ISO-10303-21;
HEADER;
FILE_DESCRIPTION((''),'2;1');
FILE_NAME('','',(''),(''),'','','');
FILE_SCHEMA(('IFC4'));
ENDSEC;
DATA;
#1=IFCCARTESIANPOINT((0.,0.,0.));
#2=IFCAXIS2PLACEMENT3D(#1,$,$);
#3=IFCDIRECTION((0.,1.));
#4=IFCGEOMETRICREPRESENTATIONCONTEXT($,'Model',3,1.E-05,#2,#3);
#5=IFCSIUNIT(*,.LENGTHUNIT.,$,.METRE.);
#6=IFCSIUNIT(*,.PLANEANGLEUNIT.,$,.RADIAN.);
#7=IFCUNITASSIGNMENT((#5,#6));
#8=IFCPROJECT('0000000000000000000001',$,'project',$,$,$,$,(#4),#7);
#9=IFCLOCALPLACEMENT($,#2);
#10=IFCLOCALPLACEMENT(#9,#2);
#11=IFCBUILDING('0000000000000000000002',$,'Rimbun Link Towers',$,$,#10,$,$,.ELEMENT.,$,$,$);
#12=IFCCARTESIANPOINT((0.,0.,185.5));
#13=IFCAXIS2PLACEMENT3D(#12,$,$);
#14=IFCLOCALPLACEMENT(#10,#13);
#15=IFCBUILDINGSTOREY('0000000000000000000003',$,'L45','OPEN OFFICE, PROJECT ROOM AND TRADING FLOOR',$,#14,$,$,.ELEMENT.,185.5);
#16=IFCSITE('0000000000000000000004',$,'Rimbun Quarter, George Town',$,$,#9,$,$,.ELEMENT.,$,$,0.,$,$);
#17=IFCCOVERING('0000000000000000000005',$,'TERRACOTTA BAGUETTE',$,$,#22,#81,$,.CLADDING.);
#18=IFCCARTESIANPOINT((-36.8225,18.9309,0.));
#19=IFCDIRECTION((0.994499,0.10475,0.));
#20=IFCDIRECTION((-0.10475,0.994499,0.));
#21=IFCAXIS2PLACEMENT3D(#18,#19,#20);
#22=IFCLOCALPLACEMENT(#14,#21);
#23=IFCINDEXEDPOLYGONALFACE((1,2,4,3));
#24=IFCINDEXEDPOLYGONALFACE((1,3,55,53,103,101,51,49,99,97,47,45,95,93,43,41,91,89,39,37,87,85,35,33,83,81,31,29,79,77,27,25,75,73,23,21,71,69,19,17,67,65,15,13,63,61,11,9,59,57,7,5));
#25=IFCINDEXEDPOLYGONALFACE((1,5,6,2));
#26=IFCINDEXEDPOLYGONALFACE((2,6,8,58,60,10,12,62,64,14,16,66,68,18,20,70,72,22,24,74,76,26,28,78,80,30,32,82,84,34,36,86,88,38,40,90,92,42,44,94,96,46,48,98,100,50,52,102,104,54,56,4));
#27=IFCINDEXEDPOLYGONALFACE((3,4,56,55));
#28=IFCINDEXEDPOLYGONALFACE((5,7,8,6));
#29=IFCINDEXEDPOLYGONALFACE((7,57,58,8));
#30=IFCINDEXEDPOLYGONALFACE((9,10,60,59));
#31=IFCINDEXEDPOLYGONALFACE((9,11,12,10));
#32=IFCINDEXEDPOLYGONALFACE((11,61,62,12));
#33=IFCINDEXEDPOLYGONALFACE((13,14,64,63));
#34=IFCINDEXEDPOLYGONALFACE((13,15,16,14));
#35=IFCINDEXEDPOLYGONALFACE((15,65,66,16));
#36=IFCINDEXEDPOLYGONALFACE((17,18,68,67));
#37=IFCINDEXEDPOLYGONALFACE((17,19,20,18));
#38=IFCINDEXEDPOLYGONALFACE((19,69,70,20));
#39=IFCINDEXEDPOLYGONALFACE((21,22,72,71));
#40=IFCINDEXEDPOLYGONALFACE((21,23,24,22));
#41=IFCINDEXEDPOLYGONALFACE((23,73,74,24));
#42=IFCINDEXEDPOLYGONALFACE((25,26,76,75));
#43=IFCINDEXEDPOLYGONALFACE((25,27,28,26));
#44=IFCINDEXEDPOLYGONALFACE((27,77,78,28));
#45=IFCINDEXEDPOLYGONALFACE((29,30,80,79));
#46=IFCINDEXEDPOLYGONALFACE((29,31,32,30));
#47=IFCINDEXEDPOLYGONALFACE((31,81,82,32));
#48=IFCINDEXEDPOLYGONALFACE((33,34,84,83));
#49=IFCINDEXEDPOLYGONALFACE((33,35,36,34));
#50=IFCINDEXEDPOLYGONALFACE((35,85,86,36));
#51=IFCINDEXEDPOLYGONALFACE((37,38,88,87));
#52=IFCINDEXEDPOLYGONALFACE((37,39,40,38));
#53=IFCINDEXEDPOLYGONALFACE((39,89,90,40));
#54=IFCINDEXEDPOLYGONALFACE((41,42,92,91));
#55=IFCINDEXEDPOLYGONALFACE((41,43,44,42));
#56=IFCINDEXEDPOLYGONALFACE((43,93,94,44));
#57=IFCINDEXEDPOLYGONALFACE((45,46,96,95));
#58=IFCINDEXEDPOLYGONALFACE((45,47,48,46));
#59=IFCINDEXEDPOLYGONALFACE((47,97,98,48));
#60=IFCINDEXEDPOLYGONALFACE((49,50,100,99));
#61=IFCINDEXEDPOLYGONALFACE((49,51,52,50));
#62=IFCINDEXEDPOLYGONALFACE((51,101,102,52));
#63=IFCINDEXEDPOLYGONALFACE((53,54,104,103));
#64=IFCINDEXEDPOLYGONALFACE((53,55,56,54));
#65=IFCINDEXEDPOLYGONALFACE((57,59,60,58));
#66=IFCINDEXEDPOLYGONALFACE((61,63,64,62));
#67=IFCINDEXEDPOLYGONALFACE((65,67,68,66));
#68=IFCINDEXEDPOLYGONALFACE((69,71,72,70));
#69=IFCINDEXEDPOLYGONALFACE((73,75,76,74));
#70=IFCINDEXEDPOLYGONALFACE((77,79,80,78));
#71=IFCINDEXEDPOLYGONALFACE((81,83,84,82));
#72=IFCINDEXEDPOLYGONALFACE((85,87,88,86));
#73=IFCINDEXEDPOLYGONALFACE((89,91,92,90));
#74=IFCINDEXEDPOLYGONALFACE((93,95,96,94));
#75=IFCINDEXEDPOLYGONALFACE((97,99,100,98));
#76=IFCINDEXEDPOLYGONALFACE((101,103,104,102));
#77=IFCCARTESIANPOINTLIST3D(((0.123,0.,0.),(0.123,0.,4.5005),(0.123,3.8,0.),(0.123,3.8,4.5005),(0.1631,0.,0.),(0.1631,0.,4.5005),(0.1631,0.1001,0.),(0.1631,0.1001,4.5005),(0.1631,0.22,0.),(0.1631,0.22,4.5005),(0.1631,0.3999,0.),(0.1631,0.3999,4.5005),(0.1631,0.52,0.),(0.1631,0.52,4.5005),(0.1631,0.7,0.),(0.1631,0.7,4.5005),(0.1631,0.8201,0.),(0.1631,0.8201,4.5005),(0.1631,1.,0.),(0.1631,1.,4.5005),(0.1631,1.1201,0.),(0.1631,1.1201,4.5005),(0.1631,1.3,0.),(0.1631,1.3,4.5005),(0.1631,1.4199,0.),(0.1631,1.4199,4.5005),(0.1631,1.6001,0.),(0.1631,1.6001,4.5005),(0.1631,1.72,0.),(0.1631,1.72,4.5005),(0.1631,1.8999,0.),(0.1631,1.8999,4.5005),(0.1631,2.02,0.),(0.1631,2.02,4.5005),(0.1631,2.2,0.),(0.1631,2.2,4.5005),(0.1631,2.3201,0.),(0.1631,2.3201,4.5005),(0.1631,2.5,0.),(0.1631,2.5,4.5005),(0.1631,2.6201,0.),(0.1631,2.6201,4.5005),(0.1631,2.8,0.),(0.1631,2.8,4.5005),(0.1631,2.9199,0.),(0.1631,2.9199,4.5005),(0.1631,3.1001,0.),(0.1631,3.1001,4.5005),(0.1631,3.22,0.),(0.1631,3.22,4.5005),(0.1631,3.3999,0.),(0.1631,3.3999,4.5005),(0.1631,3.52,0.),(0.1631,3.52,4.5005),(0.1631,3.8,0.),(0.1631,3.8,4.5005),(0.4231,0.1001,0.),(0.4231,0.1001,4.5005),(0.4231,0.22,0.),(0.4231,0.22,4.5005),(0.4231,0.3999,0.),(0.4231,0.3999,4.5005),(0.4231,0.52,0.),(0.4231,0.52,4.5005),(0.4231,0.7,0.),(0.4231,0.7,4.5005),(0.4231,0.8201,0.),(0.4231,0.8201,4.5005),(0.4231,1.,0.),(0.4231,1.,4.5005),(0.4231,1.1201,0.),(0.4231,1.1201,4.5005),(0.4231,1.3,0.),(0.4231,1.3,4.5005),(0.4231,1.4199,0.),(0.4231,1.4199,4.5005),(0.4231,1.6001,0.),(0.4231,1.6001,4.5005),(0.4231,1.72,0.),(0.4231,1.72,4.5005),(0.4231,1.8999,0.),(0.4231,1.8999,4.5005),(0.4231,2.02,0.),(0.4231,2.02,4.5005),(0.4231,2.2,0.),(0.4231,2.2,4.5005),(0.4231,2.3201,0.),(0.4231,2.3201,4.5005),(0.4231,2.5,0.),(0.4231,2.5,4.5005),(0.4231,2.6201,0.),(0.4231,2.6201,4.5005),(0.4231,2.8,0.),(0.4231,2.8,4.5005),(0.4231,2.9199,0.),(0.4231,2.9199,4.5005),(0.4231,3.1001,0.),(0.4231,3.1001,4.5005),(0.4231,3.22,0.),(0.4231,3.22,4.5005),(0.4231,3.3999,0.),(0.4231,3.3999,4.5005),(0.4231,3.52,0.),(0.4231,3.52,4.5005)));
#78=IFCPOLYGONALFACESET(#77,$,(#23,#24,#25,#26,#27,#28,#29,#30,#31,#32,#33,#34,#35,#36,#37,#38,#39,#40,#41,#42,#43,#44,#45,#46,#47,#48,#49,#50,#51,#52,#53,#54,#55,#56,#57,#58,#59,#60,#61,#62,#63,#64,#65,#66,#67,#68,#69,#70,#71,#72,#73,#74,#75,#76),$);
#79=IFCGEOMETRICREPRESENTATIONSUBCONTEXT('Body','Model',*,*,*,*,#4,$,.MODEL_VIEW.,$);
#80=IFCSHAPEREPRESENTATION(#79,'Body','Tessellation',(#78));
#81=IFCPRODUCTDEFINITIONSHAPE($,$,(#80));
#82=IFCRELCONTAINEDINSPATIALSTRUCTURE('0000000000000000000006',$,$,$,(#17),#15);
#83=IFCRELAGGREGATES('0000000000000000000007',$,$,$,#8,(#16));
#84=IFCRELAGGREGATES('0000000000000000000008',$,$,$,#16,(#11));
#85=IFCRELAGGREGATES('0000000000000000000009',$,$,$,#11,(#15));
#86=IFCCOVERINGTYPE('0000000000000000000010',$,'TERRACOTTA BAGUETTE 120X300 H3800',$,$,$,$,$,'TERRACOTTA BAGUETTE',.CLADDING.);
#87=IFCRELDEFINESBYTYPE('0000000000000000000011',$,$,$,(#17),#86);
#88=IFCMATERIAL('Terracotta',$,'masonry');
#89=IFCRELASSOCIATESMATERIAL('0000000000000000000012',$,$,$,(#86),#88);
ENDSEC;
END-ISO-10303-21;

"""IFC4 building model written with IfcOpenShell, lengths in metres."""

from ifc_helpers import new_model, si_unit, direction, frame, origin, place, context, subcontext, project, spatial, polyline, outline, extrude, material, material_profile, profile_set, type_object, element, save


model = new_model("IFC4")

# Units and contexts
model_context = context("Model", 3, precision=1e-05, world=origin(), true_north=direction((0.0, 1.0)))
body_context = subcontext(model_context, "Body", "Model", "MODEL_VIEW")
ifc_project = project(units=[si_unit("LENGTHUNIT", "METRE"), si_unit("PLANEANGLEUNIT", "RADIAN")], contexts=[model_context])

# Site, building, storey
site_placement = place(None, origin())
site = spatial("IfcSite", under=ifc_project, at=site_placement, Name="Rimbun Quarter, George Town", CompositionType="ELEMENT", RefElevation=0.0)
building_placement = place(site_placement, origin())
building = spatial("IfcBuilding", under=site, at=building_placement, Name="Rimbun Link Towers", CompositionType="ELEMENT")
storey_placement = place(building_placement, frame((0.0, 0.0, 185.5)))
storey = spatial("IfcBuildingStorey", under=building, at=storey_placement, Name="L45", Description="OPEN OFFICE, PROJECT ROOM AND TRADING FLOOR", CompositionType="ELEMENT", Elevation=185.5)

# Covering
ifc_material_1 = material(Name="Terracotta", Category="masonry")
ifc_material_profile_1 = material_profile(ifc_material_1, outline(polyline([(0.123, 0.0), (0.1631, 0.0), (0.1631, 0.1001), (0.4231, 0.1001), (0.4231, 0.22), (0.1631, 0.22), (0.1631, 0.3999), (0.4231, 0.3999), (0.4231, 0.52), (0.1631, 0.52), (0.1631, 0.7), (0.4231, 0.7), (0.4231, 0.8201), (0.1631, 0.8201), (0.1631, 1.0), (0.4231, 1.0), (0.4231, 1.1201), (0.1631, 1.1201), (0.1631, 1.3), (0.4231, 1.3), (0.4231, 1.4199), (0.1631, 1.4199), (0.1631, 1.6001), (0.4231, 1.6001), (0.4231, 1.72), (0.1631, 1.72), (0.1631, 1.8999), (0.4231, 1.8999), (0.4231, 2.02), (0.1631, 2.02), (0.1631, 2.2), (0.4231, 2.2), (0.4231, 2.3201), (0.1631, 2.3201), (0.1631, 2.5), (0.4231, 2.5), (0.4231, 2.6201), (0.1631, 2.6201), (0.1631, 2.8), (0.4231, 2.8), (0.4231, 2.9199), (0.1631, 2.9199), (0.1631, 3.1001), (0.4231, 3.1001), (0.4231, 3.22), (0.1631, 3.22), (0.1631, 3.3999), (0.4231, 3.3999), (0.4231, 3.52), (0.1631, 3.52), (0.1631, 3.8), (0.123, 3.8), (0.123, 0.0)])), Name="BAGUETTE 120X300")
ifc_profile_set_1 = profile_set([ifc_material_profile_1], Name="Terracotta")
covering_type = type_object("IfcCoveringType", Name="TERRACOTTA BAGUETTE 120X300 H3800", ElementType="TERRACOTTA BAGUETTE", PredefinedType="CLADDING", material=ifc_profile_set_1)
covering_1_placement = place(storey_placement, frame((-36.8225, 18.9309, 0.0), z_axis=(0.994499, 0.10475, 0.0), x_axis=(-0.10475, 0.994499, 0.0)))
element("IfcCovering", 1, at=covering_1_placement, inside=storey, type_object=covering_type, Name="TERRACOTTA BAGUETTE", PredefinedType="CLADDING", context=body_context, shape_type="SweptSolid", body=[
    extrude(outline(polyline([(0.123, 0.0), (0.1631, 0.0), (0.1631, 0.1001), (0.4231, 0.1001), (0.4231, 0.22), (0.1631, 0.22), (0.1631, 0.3999), (0.4231, 0.3999), (0.4231, 0.52), (0.1631, 0.52), (0.1631, 0.7), (0.4231, 0.7), (0.4231, 0.8201), (0.1631, 0.8201), (0.1631, 1.0), (0.4231, 1.0), (0.4231, 1.1201), (0.1631, 1.1201), (0.1631, 1.3), (0.4231, 1.3), (0.4231, 1.4199), (0.1631, 1.4199), (0.1631, 1.6001), (0.4231, 1.6001), (0.4231, 1.72), (0.1631, 1.72), (0.1631, 1.8999), (0.4231, 1.8999), (0.4231, 2.02), (0.1631, 2.02), (0.1631, 2.2), (0.4231, 2.2), (0.4231, 2.3201), (0.1631, 2.3201), (0.1631, 2.5), (0.4231, 2.5), (0.4231, 2.6201), (0.1631, 2.6201), (0.1631, 2.8), (0.4231, 2.8), (0.4231, 2.9199), (0.1631, 2.9199), (0.1631, 3.1001), (0.4231, 3.1001), (0.4231, 3.22), (0.1631, 3.22), (0.1631, 3.3999), (0.4231, 3.3999), (0.4231, 3.52), (0.1631, 3.52), (0.1631, 3.8), (0.123, 3.8), (0.123, 0.0)])), origin(), (0.0, 0.0, 1.0), 4.5005),
])

save(model, "model.ifc")
